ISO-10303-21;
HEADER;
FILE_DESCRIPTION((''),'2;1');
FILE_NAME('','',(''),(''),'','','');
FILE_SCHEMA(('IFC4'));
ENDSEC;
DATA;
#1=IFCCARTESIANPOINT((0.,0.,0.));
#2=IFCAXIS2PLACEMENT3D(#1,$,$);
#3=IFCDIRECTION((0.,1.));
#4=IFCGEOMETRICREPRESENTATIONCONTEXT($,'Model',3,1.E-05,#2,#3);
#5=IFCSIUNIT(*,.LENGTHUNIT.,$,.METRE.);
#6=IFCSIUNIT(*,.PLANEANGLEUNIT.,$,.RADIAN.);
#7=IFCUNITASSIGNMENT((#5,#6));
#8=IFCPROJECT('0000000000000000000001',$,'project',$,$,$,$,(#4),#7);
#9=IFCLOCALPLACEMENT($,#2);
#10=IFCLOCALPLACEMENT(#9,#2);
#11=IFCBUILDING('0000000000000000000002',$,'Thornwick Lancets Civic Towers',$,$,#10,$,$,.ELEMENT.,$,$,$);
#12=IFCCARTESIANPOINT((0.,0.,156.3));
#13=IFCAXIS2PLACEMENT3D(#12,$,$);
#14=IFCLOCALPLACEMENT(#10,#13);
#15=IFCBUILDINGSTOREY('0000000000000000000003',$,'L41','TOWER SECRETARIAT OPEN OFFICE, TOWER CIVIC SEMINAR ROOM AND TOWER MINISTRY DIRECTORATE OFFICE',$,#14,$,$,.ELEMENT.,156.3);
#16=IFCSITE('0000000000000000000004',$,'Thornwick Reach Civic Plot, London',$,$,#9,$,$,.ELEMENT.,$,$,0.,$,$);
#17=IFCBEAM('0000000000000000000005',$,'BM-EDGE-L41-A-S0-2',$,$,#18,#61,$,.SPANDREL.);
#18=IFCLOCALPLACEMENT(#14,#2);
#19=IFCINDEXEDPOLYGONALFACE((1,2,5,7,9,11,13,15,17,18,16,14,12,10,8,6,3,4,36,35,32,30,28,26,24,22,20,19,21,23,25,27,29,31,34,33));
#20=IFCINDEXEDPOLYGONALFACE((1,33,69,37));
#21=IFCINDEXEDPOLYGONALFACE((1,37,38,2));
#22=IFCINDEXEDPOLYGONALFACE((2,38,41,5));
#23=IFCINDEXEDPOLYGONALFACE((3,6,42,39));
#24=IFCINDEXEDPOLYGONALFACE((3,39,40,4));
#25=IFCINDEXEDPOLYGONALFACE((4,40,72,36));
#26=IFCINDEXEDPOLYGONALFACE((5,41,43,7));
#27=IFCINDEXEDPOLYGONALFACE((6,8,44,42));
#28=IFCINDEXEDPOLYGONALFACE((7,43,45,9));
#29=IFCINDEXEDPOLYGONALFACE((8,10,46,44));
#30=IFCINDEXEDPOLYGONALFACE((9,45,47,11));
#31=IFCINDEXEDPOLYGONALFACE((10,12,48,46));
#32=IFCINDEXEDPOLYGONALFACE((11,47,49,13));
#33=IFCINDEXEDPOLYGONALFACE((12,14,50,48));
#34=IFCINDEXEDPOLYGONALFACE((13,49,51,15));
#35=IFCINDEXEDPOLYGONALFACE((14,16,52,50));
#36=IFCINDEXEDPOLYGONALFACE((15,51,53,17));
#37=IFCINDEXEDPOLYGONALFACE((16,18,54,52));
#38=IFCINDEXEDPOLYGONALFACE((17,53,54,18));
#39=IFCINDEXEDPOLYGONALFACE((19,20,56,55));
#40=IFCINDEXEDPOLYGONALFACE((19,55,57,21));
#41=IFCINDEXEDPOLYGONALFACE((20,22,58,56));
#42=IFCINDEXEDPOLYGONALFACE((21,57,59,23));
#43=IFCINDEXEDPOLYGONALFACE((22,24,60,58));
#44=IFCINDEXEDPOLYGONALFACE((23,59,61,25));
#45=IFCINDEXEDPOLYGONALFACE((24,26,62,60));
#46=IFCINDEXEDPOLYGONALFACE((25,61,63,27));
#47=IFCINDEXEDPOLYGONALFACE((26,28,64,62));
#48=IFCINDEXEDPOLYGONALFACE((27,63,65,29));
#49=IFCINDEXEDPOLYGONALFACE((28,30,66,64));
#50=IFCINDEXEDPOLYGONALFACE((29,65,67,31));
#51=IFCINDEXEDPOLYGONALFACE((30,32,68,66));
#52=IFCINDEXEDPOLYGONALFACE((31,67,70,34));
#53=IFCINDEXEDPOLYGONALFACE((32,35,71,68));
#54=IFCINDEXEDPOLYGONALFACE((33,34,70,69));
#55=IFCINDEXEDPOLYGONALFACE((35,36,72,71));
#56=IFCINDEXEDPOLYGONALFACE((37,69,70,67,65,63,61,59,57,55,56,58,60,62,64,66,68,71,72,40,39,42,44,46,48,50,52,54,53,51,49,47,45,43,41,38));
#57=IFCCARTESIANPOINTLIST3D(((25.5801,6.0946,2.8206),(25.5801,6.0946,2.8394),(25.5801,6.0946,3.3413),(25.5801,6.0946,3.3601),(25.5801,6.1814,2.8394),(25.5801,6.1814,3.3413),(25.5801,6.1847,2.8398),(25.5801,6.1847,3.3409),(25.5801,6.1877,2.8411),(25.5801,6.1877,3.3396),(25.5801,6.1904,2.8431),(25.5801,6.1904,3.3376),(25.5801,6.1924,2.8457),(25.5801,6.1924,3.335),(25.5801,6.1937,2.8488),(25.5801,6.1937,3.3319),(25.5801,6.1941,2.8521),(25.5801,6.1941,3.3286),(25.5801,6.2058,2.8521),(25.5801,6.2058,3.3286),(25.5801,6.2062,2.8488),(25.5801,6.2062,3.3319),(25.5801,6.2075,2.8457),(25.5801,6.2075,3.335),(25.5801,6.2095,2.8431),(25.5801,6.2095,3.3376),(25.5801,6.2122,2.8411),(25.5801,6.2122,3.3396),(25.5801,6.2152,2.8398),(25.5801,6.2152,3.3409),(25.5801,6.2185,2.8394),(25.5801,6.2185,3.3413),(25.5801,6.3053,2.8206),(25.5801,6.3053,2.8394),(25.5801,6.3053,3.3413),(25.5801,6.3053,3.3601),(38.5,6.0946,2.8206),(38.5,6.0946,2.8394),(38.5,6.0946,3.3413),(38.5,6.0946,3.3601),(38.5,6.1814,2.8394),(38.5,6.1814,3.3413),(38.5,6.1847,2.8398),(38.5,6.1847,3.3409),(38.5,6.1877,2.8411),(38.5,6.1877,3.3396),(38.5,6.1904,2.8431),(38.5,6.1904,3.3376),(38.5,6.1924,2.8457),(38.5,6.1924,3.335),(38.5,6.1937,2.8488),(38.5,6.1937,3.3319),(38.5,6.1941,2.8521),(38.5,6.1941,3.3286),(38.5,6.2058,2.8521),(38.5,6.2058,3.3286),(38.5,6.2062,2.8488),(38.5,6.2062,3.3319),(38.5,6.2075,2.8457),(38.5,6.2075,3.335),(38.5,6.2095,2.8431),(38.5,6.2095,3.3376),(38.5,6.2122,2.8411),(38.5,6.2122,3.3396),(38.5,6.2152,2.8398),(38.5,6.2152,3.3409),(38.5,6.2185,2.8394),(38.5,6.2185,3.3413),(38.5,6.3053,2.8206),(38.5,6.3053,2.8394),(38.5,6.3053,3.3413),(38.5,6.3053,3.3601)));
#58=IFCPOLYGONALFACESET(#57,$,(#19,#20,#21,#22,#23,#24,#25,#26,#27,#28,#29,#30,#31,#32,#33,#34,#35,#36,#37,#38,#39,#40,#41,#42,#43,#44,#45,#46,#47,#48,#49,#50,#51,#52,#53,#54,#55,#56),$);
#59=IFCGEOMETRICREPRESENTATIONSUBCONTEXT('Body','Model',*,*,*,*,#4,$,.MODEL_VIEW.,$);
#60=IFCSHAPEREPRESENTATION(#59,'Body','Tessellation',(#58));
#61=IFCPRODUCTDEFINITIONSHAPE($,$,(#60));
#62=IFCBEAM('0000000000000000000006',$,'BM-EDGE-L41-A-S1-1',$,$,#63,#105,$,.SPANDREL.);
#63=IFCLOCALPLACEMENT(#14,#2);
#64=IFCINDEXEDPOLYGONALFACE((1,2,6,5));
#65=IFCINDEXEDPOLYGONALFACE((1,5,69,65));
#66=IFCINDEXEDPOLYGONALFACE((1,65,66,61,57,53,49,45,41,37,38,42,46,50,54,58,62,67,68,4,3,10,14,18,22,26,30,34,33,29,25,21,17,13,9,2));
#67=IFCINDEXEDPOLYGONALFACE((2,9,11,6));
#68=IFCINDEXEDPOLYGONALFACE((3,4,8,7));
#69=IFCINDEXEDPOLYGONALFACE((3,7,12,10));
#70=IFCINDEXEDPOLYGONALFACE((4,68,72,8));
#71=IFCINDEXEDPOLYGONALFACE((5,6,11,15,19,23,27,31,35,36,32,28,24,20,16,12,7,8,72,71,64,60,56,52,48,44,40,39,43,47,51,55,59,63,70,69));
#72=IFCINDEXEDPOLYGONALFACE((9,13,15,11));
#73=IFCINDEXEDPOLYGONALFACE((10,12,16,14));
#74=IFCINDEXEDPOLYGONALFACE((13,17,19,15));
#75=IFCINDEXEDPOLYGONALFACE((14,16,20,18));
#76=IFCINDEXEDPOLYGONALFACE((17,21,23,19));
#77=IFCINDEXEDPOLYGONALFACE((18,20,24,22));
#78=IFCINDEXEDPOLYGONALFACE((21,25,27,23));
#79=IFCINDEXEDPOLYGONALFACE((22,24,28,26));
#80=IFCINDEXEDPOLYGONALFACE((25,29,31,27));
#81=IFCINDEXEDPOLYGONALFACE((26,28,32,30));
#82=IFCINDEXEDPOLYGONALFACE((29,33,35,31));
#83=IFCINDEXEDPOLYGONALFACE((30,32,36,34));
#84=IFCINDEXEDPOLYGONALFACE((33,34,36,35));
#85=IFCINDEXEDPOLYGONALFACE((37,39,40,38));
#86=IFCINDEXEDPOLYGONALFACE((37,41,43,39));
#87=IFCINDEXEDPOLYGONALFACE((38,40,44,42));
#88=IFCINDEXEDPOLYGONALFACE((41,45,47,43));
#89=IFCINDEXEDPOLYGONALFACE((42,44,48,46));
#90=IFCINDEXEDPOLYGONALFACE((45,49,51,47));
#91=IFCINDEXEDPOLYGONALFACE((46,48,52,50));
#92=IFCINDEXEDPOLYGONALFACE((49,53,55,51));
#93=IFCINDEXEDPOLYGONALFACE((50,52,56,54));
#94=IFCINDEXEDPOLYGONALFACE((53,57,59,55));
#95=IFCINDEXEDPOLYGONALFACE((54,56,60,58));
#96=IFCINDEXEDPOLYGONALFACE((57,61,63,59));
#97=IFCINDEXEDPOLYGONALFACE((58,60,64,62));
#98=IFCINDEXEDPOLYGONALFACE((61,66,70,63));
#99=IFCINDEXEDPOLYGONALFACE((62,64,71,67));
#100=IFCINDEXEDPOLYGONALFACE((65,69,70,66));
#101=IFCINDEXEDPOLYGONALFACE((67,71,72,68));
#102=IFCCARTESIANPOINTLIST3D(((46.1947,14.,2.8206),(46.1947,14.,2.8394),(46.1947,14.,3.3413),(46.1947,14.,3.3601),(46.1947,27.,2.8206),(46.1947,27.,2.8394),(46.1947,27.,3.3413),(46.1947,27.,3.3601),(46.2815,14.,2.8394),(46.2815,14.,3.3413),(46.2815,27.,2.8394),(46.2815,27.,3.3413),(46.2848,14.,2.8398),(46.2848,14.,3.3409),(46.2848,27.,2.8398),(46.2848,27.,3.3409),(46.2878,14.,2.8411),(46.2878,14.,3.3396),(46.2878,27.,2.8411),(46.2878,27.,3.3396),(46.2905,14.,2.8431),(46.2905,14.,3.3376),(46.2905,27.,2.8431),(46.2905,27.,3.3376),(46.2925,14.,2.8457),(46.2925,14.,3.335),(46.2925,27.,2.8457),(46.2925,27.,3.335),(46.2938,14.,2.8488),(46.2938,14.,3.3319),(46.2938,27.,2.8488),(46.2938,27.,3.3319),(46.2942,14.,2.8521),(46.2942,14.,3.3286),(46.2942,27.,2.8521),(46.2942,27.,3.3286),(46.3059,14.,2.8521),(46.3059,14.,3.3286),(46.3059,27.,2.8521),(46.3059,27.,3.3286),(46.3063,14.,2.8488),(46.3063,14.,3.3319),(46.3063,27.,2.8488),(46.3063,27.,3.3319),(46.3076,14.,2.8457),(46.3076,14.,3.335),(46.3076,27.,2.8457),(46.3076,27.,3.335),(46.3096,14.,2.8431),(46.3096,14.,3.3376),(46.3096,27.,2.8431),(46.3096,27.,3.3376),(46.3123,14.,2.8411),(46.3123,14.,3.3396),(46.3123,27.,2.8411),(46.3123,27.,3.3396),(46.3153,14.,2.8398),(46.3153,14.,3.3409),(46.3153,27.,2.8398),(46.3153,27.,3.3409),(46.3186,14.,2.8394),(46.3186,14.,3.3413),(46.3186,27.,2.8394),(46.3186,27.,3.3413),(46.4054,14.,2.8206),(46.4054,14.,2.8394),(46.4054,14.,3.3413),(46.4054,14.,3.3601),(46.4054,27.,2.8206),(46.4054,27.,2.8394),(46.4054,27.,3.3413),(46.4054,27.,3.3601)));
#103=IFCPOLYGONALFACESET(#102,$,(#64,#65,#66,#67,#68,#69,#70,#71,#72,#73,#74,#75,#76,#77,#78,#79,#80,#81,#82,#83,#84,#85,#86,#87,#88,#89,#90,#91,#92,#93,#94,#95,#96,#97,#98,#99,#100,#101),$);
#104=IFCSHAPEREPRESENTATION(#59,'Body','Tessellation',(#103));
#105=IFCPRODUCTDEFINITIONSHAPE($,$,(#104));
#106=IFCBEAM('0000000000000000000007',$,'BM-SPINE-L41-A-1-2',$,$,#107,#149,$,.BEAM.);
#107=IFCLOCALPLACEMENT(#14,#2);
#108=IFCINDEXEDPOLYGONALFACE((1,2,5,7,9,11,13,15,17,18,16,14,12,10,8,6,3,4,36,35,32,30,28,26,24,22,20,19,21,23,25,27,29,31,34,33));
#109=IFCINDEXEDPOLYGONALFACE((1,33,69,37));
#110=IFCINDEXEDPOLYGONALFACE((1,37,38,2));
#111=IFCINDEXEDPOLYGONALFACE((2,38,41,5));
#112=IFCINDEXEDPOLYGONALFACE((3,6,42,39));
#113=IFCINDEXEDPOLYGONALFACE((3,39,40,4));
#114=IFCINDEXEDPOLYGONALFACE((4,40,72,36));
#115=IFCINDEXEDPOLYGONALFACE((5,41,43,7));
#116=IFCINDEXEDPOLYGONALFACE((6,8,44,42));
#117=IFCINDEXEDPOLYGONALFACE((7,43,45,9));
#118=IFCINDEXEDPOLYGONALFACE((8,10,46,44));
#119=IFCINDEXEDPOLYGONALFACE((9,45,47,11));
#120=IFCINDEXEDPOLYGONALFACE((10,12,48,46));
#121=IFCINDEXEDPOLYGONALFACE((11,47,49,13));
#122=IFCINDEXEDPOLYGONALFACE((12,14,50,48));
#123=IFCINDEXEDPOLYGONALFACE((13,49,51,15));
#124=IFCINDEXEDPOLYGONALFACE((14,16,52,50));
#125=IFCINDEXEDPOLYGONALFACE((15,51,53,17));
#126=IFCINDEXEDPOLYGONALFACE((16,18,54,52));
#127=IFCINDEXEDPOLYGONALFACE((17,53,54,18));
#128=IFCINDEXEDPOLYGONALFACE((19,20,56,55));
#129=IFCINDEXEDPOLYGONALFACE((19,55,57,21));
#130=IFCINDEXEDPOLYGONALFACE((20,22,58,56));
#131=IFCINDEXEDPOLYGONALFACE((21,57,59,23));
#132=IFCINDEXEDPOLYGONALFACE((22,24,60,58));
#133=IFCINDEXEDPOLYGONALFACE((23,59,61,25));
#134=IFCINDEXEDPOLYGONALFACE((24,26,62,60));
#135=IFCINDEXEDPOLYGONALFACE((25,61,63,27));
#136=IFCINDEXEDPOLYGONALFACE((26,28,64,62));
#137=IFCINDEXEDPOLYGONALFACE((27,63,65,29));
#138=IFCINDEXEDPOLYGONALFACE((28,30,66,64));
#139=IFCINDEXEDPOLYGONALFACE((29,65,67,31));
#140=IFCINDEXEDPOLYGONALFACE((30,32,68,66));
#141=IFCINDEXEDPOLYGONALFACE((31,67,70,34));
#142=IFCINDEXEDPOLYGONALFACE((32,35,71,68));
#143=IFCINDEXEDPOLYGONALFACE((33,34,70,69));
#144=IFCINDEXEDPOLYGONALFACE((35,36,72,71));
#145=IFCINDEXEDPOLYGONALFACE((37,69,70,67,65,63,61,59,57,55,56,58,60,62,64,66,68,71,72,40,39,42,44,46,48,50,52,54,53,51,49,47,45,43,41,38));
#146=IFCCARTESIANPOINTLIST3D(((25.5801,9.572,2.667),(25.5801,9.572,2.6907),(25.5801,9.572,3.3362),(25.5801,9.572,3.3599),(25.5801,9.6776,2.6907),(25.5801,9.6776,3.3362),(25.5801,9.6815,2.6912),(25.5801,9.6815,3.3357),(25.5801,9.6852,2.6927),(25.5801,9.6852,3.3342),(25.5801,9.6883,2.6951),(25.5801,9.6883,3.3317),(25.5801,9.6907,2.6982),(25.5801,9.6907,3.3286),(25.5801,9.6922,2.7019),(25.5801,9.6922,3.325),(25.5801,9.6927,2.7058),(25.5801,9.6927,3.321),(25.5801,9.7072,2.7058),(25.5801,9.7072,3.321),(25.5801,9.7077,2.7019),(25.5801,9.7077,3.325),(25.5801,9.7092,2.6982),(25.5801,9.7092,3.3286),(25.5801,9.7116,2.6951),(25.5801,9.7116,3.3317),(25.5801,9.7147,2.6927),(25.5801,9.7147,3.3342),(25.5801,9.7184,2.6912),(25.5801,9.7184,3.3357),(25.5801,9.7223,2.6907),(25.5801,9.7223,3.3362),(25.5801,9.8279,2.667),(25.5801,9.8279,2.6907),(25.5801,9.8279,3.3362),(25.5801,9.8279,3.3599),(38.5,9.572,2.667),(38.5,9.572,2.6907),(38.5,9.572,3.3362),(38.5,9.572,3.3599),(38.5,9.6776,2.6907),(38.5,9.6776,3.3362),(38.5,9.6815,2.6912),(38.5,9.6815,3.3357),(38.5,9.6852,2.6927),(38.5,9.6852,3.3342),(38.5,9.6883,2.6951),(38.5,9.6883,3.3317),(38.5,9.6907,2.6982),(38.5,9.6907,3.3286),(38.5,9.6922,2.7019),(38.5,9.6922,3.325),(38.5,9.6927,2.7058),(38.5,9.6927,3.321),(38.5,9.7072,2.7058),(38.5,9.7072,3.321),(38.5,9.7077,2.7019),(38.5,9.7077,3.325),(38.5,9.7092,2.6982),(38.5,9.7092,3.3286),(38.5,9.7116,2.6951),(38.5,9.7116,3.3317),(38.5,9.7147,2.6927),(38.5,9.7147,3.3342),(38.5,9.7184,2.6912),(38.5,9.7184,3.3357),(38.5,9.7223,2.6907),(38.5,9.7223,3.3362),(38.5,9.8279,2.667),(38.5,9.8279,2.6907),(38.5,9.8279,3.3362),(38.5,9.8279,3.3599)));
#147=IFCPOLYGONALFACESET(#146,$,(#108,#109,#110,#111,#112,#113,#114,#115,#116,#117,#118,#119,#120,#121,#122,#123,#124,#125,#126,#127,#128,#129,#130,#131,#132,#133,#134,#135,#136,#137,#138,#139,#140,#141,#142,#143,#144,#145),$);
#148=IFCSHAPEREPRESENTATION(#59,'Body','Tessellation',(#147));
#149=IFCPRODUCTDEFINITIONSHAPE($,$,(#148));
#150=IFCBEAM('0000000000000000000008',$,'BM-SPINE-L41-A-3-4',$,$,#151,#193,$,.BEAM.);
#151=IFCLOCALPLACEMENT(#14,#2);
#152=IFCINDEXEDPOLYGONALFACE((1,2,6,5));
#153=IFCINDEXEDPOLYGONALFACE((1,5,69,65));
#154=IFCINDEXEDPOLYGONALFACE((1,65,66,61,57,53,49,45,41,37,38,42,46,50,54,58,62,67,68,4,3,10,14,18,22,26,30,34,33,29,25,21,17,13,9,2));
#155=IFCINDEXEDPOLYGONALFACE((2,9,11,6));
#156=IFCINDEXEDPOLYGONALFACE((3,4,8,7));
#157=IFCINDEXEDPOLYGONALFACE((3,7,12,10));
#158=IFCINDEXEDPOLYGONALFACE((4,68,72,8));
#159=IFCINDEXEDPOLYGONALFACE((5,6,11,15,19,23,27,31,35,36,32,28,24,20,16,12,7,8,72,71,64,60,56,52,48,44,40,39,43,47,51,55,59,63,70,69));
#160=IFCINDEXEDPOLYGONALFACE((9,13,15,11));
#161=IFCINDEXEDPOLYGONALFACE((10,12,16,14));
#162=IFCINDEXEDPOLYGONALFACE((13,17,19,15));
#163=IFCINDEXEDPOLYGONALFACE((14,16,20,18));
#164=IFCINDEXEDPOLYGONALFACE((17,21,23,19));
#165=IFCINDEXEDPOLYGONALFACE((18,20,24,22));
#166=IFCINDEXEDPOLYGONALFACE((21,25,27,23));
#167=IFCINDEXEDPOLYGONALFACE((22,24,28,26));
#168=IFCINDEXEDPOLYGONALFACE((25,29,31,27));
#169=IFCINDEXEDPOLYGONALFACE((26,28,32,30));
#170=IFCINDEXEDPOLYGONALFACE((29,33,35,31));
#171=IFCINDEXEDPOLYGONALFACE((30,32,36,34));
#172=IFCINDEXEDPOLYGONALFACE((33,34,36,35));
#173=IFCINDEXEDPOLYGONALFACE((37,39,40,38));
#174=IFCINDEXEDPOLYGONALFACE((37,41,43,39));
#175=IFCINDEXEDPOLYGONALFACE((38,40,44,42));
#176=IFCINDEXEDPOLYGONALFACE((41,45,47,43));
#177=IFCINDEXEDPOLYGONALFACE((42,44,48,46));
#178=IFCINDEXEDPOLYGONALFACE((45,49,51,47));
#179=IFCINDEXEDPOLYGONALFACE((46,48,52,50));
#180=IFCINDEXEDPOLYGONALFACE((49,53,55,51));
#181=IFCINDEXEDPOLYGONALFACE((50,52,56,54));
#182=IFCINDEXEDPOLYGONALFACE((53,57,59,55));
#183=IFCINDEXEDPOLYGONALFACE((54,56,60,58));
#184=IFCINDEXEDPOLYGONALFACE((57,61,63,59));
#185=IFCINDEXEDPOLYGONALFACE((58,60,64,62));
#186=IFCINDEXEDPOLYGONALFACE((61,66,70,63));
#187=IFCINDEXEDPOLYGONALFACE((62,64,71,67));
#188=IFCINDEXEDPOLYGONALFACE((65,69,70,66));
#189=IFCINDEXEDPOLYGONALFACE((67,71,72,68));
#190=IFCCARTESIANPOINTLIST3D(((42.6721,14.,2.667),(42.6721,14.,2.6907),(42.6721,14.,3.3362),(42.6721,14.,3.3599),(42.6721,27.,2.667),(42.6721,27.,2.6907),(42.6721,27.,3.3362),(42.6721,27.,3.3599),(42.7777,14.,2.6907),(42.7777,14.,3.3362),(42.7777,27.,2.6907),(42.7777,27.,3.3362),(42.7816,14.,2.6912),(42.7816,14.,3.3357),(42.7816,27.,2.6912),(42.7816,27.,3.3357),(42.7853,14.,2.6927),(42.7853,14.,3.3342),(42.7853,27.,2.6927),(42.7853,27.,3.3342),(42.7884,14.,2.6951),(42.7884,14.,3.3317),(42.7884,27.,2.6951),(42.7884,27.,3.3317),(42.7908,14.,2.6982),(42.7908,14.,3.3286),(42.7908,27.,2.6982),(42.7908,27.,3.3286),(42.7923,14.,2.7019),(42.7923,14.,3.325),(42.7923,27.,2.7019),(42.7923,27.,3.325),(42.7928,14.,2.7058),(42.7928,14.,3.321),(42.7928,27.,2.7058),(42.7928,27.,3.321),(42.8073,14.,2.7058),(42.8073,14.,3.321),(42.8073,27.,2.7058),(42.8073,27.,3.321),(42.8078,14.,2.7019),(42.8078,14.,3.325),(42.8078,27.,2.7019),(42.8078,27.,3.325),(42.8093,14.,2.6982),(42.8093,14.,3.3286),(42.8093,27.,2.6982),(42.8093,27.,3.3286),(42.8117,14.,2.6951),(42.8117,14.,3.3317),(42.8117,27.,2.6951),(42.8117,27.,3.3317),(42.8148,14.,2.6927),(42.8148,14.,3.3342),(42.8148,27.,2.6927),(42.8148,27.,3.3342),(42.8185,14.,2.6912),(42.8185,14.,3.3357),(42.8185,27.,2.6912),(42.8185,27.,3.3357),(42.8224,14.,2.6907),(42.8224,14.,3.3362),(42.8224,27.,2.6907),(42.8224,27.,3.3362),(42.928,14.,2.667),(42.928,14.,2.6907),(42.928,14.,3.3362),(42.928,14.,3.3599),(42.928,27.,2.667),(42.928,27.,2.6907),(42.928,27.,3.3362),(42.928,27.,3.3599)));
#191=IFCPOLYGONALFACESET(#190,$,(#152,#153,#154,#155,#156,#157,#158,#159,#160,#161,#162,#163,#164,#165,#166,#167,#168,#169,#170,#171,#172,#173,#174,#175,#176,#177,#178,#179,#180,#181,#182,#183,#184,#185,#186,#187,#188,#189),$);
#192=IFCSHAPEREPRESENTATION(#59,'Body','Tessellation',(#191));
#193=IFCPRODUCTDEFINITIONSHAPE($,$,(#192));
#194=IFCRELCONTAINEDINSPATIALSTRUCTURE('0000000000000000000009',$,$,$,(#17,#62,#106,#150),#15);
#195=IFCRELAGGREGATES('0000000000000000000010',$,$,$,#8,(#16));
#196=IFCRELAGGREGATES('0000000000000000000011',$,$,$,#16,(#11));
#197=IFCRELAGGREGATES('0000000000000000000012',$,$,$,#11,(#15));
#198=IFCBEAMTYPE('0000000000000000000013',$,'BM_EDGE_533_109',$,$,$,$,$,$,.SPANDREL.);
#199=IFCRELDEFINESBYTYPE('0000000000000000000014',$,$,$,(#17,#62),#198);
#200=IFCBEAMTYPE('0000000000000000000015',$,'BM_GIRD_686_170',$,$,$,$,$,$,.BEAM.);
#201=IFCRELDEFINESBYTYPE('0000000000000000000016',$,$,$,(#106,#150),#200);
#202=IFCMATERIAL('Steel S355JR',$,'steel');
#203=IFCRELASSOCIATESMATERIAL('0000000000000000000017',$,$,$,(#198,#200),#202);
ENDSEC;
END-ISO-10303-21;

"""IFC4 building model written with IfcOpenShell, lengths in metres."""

from ifc_helpers import new_model, si_unit, direction, frame, origin, origin_2d, place, context, subcontext, project, spatial, i_section, extrude, material, material_profile, profile_set, type_object, element, save


model = new_model("IFC4")

# Units and contexts
model_context = context("Model", 3, precision=1e-05, world=origin(), true_north=direction((0.0, 1.0)))
body_context = subcontext(model_context, "Body", "Model", "MODEL_VIEW")
ifc_project = project(units=[si_unit("LENGTHUNIT", "METRE"), si_unit("PLANEANGLEUNIT", "RADIAN")], contexts=[model_context])

# Site, building, storey
site_placement = place(None, origin())
site = spatial("IfcSite", under=ifc_project, at=site_placement, Name="Thornwick Reach Civic Plot, London", CompositionType="ELEMENT", RefElevation=0.0)
building_placement = place(site_placement, origin())
building = spatial("IfcBuilding", under=site, at=building_placement, Name="Thornwick Lancets Civic Towers", CompositionType="ELEMENT")
storey_placement = place(building_placement, frame((0.0, 0.0, 156.3)))
storey = spatial("IfcBuildingStorey", under=building, at=storey_placement, Name="L41", Description="TOWER SECRETARIAT OPEN OFFICE, TOWER CIVIC SEMINAR ROOM AND TOWER MINISTRY DIRECTORATE OFFICE", CompositionType="ELEMENT", Elevation=156.3)

# Beams
ifc_material_1 = material(Name="Steel S355JR", Category="steel")
ifc_material_profile_1 = material_profile(ifc_material_1, i_section(OverallWidth=0.2107, OverallDepth=0.5396, WebThickness=0.0117, FlangeThickness=0.0188, FilletRadius=0.0127, at=origin_2d()), Name="UKB 533x210x109")
ifc_profile_set_1 = profile_set([ifc_material_profile_1], Name="Steel S355JR")
beam_type_1 = type_object("IfcBeamType", Name="BM_EDGE_533_109", PredefinedType="SPANDREL", material=ifc_profile_set_1)
beam_1_placement = place(storey_placement, frame((25.5801, 6.2, 3.0903), z_axis=(1.0, 0.0, 0.0), x_axis=(0.0, 1.0, 0.0)))
element("IfcBeam", 1, at=beam_1_placement, inside=storey, type_object=beam_type_1, Name="BM-EDGE-L41-A-S0-2", PredefinedType="SPANDREL", context=body_context, shape_type="SweptSolid", body=[
    extrude(i_section(OverallWidth=0.2107, OverallDepth=0.5396, WebThickness=0.0117, FlangeThickness=0.0188, FilletRadius=0.0127, at=origin_2d()), origin(), (0.0, 0.0, 1.0), 12.9199),
])
beam_2_placement = place(storey_placement, frame((46.3, 14.0, 3.0903), z_axis=(0.0, 1.0, 0.0), x_axis=(-1.0, 0.0, 0.0)))
element("IfcBeam", 2, at=beam_2_placement, inside=storey, type_object=beam_type_1, Name="BM-EDGE-L41-A-S1-1", PredefinedType="SPANDREL", context=body_context, shape_type="SweptSolid", body=[
    extrude(i_section(OverallWidth=0.2107, OverallDepth=0.5396, WebThickness=0.0117, FlangeThickness=0.0188, FilletRadius=0.0127, at=origin_2d()), origin(), (0.0, 0.0, 1.0), 13.0),
])
ifc_material_profile_2 = material_profile(ifc_material_1, i_section(OverallWidth=0.2559, OverallDepth=0.6929, WebThickness=0.0144, FlangeThickness=0.0237, FilletRadius=0.0151, at=origin_2d()), Name="UKB 686x254x170")
ifc_profile_set_2 = profile_set([ifc_material_profile_2], Name="Steel S355JR")
beam_type_2 = type_object("IfcBeamType", Name="BM_GIRD_686_170", PredefinedType="BEAM", material=ifc_profile_set_2)
beam_3_placement = place(storey_placement, frame((25.5801, 9.7, 3.0134), z_axis=(1.0, 0.0, 0.0), x_axis=(0.0, 1.0, 0.0)))
element("IfcBeam", 3, at=beam_3_placement, inside=storey, type_object=beam_type_2, Name="BM-SPINE-L41-A-1-2", PredefinedType="BEAM", context=body_context, shape_type="SweptSolid", body=[
    extrude(i_section(OverallWidth=0.2559, OverallDepth=0.6929, WebThickness=0.0144, FlangeThickness=0.0237, FilletRadius=0.0151, at=origin_2d()), origin(), (0.0, 0.0, 1.0), 12.9199),
])
beam_4_placement = place(storey_placement, frame((42.8, 14.0, 3.0134), z_axis=(0.0, 1.0, 0.0), x_axis=(-1.0, 0.0, 0.0)))
element("IfcBeam", 4, at=beam_4_placement, inside=storey, type_object=beam_type_2, Name="BM-SPINE-L41-A-3-4", PredefinedType="BEAM", context=body_context, shape_type="SweptSolid", body=[
    extrude(i_section(OverallWidth=0.2559, OverallDepth=0.6929, WebThickness=0.0144, FlangeThickness=0.0237, FilletRadius=0.0151, at=origin_2d()), origin(), (0.0, 0.0, 1.0), 13.0),
])

save(model, "model.ifc")
